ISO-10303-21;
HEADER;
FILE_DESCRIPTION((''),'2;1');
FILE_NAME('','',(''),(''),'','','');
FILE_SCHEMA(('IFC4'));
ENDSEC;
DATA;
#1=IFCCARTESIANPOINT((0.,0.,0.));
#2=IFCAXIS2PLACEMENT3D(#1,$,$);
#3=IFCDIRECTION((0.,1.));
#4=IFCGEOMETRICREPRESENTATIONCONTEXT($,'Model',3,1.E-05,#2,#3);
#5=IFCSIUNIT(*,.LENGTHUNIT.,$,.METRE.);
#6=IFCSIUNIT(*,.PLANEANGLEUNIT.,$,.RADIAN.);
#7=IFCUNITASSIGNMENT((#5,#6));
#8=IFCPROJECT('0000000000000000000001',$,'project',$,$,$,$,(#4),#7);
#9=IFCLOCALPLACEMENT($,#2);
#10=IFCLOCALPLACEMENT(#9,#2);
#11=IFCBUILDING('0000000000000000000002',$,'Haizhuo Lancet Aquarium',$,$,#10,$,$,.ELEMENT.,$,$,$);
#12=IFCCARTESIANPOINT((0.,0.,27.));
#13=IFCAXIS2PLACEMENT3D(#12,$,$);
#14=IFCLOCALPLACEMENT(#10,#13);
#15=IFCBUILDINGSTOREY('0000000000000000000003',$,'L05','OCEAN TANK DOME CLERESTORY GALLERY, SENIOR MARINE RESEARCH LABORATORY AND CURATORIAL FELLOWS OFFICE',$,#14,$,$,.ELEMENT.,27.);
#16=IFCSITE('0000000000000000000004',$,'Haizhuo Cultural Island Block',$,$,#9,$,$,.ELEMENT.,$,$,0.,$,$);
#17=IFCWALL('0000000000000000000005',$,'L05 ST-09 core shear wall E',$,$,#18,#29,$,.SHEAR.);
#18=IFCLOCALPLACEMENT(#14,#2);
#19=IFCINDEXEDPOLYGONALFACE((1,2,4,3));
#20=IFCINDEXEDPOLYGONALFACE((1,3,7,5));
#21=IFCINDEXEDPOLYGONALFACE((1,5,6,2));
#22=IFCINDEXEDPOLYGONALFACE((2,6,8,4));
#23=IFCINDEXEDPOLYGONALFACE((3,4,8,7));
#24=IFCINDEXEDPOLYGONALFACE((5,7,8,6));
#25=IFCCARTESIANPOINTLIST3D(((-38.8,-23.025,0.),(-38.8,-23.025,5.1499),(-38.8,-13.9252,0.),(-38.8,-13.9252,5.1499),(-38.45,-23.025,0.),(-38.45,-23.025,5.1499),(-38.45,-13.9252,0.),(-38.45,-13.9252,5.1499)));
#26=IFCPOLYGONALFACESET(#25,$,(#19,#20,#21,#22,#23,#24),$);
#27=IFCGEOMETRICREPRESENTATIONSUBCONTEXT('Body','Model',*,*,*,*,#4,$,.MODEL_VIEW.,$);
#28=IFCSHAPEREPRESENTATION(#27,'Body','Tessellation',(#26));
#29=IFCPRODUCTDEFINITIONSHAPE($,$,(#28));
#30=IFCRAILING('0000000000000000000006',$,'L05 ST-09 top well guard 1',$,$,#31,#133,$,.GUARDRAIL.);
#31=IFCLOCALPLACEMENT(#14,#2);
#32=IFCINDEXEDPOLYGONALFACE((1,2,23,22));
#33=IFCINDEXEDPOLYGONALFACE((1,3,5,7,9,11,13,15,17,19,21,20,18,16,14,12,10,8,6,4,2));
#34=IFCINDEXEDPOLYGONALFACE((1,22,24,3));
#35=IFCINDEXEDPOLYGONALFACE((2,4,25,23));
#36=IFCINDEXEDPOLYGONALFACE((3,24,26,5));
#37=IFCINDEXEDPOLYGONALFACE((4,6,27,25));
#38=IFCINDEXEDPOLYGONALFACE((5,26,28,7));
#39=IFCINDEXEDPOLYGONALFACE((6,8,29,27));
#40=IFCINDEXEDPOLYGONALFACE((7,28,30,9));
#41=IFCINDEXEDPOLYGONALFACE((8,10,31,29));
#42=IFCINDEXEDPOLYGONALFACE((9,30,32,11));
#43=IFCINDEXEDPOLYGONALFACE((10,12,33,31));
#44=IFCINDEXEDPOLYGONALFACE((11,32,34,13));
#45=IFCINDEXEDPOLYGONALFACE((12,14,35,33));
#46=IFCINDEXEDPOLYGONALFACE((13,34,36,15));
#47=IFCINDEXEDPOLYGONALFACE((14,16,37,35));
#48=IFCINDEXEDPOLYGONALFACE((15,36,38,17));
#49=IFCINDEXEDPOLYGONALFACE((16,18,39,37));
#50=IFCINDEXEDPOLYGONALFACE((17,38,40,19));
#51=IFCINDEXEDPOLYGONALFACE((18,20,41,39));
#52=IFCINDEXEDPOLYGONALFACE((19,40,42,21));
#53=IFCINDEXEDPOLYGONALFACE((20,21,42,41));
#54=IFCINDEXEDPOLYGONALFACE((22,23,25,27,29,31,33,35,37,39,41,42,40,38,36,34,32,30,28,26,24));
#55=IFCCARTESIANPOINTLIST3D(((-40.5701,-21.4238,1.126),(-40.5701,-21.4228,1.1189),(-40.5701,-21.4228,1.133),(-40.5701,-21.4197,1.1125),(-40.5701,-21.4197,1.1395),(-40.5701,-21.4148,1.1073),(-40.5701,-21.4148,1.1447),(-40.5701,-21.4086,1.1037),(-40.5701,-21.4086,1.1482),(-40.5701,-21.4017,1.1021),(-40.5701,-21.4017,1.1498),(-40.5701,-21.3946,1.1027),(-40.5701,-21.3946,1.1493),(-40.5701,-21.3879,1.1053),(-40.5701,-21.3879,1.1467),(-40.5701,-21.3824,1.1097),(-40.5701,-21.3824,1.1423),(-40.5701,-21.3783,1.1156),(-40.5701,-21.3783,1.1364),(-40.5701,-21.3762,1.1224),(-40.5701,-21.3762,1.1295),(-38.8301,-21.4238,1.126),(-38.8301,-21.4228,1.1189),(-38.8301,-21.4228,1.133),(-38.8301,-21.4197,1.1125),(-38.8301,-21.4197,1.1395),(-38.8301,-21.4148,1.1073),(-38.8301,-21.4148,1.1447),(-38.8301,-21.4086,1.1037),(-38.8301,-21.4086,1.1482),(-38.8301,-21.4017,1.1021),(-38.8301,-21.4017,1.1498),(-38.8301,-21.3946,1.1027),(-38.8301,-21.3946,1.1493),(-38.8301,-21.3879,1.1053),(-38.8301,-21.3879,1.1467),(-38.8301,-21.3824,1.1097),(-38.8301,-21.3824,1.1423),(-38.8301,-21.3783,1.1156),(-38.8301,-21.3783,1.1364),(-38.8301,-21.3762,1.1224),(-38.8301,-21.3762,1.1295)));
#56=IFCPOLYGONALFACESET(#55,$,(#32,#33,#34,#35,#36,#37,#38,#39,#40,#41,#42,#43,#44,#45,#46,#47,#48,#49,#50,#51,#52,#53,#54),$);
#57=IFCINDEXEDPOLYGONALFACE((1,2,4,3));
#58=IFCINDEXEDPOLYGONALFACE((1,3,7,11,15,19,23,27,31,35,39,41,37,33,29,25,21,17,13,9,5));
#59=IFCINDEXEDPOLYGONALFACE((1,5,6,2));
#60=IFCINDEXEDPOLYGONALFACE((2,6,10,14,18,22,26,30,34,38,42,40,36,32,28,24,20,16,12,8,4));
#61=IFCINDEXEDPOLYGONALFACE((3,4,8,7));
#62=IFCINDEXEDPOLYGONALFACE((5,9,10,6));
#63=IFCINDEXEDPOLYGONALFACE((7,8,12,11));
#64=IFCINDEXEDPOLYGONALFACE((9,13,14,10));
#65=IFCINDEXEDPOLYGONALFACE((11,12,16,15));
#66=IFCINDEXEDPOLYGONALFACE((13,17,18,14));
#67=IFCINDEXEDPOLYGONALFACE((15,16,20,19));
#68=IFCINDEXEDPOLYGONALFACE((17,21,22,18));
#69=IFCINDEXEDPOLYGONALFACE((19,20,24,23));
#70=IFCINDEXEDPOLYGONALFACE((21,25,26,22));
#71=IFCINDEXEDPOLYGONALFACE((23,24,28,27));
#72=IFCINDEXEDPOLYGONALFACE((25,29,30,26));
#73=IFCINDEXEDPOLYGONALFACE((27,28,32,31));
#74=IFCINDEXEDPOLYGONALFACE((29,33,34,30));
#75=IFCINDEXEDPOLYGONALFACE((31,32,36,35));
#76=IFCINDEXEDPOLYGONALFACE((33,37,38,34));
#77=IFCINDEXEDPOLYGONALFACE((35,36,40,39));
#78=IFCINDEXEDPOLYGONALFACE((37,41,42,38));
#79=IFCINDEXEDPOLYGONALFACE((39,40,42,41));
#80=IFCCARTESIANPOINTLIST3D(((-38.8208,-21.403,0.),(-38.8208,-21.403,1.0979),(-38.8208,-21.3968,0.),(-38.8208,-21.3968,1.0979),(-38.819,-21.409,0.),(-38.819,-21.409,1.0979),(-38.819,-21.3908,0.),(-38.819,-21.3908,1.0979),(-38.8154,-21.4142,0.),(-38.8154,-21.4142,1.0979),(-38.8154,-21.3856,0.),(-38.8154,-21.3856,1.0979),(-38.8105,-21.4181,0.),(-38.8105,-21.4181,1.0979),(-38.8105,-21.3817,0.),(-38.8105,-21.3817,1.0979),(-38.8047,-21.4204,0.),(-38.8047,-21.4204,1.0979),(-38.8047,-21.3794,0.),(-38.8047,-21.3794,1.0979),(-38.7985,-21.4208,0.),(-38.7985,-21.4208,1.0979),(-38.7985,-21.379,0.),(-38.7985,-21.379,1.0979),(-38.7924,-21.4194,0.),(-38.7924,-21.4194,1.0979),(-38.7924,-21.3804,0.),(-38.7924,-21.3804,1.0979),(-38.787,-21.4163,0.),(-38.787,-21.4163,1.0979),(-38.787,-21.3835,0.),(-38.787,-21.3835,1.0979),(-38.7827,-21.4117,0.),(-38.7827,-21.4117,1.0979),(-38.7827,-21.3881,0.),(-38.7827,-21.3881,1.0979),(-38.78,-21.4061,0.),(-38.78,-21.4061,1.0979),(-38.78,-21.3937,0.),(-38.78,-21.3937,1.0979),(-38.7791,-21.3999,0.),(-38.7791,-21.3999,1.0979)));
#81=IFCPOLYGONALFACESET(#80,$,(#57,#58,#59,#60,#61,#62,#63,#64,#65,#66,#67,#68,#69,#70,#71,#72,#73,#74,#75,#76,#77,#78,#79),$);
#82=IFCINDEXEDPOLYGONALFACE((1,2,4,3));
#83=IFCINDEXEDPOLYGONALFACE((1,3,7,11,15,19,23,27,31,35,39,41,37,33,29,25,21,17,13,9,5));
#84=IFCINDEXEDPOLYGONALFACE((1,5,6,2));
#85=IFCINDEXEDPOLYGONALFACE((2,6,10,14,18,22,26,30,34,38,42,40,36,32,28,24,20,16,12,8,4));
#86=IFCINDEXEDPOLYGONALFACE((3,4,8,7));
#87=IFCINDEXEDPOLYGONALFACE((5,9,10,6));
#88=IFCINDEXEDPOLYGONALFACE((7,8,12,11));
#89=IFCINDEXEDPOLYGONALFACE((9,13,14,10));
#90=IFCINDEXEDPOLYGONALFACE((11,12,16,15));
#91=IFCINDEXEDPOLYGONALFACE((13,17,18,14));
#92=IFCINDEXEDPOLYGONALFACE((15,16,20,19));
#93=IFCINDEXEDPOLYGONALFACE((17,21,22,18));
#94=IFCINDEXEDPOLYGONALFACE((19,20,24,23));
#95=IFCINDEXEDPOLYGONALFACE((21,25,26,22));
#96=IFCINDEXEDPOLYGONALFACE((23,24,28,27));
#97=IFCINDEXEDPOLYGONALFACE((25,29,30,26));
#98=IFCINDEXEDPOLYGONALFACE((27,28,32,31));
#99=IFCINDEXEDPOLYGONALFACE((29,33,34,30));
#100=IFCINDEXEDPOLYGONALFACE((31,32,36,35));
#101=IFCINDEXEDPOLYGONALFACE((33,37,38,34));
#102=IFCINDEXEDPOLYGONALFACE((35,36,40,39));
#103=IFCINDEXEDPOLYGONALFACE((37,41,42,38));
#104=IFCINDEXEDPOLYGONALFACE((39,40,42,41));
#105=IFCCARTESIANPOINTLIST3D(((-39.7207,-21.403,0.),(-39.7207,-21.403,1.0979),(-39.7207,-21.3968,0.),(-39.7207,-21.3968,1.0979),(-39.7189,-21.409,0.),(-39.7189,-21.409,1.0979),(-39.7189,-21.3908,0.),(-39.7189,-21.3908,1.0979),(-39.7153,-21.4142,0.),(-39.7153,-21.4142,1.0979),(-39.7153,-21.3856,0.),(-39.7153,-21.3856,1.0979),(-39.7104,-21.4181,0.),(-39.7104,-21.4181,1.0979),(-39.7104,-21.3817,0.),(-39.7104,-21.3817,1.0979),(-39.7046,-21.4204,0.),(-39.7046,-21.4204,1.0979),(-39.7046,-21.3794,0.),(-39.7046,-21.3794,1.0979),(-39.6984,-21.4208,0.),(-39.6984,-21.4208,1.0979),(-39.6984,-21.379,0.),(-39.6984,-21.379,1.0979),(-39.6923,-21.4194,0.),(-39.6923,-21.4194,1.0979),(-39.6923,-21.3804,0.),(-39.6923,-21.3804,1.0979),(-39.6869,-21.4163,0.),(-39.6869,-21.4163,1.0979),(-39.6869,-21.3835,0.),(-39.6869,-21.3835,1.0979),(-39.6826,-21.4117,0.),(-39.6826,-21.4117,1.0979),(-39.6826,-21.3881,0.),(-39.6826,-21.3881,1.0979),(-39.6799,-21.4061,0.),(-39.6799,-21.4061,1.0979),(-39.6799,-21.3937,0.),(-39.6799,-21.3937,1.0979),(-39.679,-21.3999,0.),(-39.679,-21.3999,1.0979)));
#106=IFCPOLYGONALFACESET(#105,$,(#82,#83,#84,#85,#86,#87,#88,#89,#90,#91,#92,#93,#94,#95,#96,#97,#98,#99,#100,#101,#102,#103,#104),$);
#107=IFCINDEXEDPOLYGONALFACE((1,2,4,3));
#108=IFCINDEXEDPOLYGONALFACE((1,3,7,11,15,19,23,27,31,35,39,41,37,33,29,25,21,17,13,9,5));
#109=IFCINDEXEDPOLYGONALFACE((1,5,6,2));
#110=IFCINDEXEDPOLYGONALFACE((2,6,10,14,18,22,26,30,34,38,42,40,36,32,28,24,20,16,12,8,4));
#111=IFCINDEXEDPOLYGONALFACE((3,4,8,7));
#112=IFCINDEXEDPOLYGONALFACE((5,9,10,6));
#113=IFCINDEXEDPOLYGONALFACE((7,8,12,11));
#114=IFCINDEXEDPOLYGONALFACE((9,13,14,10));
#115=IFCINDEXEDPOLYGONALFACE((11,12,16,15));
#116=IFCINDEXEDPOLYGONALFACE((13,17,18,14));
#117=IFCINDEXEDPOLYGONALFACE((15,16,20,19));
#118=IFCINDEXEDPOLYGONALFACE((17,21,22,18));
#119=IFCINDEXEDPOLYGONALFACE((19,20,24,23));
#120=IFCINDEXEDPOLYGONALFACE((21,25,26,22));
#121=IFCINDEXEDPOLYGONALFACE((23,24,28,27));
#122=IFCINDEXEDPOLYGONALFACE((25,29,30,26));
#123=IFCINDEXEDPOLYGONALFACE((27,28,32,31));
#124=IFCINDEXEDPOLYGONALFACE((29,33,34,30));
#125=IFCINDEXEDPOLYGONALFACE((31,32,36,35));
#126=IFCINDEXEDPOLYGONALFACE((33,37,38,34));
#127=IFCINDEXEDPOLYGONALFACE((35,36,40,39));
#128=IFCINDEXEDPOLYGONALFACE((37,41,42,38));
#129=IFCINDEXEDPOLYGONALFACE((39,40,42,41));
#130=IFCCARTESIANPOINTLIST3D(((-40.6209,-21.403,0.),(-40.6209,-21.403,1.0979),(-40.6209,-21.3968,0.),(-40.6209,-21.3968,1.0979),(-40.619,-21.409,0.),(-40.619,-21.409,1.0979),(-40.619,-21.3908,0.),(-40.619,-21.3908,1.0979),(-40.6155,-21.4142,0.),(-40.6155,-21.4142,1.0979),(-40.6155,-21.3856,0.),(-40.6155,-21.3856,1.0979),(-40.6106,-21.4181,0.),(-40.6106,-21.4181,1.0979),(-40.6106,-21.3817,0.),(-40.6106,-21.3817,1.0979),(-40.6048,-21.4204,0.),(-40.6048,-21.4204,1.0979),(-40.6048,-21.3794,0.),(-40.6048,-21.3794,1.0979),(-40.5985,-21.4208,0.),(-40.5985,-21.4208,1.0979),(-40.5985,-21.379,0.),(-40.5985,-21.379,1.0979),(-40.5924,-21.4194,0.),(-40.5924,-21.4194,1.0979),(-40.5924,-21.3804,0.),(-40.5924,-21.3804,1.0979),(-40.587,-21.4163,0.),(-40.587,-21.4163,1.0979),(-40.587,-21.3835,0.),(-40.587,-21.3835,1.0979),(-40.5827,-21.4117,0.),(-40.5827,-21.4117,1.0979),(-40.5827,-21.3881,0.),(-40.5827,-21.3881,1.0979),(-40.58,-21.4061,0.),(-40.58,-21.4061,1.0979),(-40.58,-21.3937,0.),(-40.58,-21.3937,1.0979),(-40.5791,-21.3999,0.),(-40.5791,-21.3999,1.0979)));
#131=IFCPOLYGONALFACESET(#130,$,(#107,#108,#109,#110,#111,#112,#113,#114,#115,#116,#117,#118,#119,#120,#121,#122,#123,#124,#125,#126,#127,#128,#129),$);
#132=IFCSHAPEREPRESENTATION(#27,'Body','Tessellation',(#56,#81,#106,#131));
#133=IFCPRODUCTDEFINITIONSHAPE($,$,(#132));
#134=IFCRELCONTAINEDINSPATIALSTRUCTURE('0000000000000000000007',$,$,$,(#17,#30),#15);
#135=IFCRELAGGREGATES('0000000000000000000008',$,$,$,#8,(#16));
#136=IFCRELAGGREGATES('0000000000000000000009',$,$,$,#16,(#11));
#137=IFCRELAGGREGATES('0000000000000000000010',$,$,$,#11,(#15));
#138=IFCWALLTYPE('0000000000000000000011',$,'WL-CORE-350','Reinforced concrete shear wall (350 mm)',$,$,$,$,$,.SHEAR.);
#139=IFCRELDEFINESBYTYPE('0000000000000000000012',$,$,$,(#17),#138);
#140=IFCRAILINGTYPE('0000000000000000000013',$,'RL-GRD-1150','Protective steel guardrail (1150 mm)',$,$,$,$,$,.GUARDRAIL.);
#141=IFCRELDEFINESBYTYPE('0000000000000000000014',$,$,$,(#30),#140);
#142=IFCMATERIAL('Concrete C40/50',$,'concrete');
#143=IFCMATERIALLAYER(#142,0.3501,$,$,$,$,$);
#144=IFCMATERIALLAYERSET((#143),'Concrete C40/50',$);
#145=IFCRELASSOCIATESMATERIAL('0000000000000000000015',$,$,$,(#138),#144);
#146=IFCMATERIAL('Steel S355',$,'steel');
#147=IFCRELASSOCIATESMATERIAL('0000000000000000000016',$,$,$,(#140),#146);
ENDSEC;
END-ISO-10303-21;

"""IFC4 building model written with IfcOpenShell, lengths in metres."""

from ifc_helpers import new_model, si_unit, direction, frame, frame_2d, origin, origin_2d, place, context, subcontext, project, spatial, rectangle, circle, extrude, material, layer, layer_set, type_object, element, save


model = new_model("IFC4")

# Units and contexts
model_context = context("Model", 3, precision=1e-05, world=origin(), true_north=direction((0.0, 1.0)))
body_context = subcontext(model_context, "Body", "Model", "MODEL_VIEW")
ifc_project = project(units=[si_unit("LENGTHUNIT", "METRE"), si_unit("PLANEANGLEUNIT", "RADIAN")], contexts=[model_context])

# Site, building, storey
site_placement = place(None, origin())
site = spatial("IfcSite", under=ifc_project, at=site_placement, Name="Haizhuo Cultural Island Block", CompositionType="ELEMENT", RefElevation=0.0)
building_placement = place(site_placement, origin())
building = spatial("IfcBuilding", under=site, at=building_placement, Name="Haizhuo Lancet Aquarium", CompositionType="ELEMENT")
storey_placement = place(building_placement, frame((0.0, 0.0, 27.0)))
storey = spatial("IfcBuildingStorey", under=building, at=storey_placement, Name="L05", Description="OCEAN TANK DOME CLERESTORY GALLERY, SENIOR MARINE RESEARCH LABORATORY AND CURATORIAL FELLOWS OFFICE", CompositionType="ELEMENT", Elevation=27.0)

# Shared definitions
ifc_material_1 = material(Name="Steel S355", Category="steel")

# Wall
ifc_material_2 = material(Name="Concrete C40/50", Category="concrete")
ifc_layer_1 = layer(ifc_material_2, 0.3501)
ifc_layer_set_1 = layer_set([ifc_layer_1], Name="Concrete C40/50")
wall_type_1 = type_object("IfcWallType", Name="WL-CORE-350", Description="Reinforced concrete shear wall (350 mm)", PredefinedType="SHEAR", material=ifc_layer_set_1)
wall_1_placement = place(storey_placement, frame((-38.625, -23.0249, 0.0), z_axis=(0.0, 0.0, 1.0), x_axis=(0.0, 1.0, 0.0)))
element("IfcWall", 1, at=wall_1_placement, inside=storey, type_object=wall_type_1, Name="L05 ST-09 core shear wall E", PredefinedType="SHEAR", context=body_context, shape_type="SweptSolid", body=[
    extrude(rectangle(XDim=9.0999, YDim=0.3501, at=frame_2d((4.5498, 0.0))), origin(), (0.0, 0.0, 1.0), 5.1499),
])

# Railing
railing_type = type_object("IfcRailingType", Name="RL-GRD-1150", Description="Protective steel guardrail (1150 mm)", PredefinedType="GUARDRAIL", material=ifc_material_1)
railing_placement = place(storey_placement, frame((-38.8, -21.3999, 0.0)))
element("IfcRailing", 2, at=railing_placement, inside=storey, type_object=railing_type, Name="L05 ST-09 top well guard 1", PredefinedType="GUARDRAIL", context=body_context, shape_type="SweptSolid", body=[
    extrude(circle(Radius=0.0239, at=origin_2d()), frame((-0.03, 0.0, 1.126), z_axis=(-1.0, 0.0, 0.0), x_axis=(0.0, -1.0, 0.0)), (0.0, 0.0, 1.0), 1.74),
    extrude(circle(Radius=0.021, at=origin_2d()), origin(), (0.0, 0.0, 1.0), 1.0979),
    extrude(circle(Radius=0.021, at=origin_2d()), frame((-0.8999, 0.0, 0.0)), (0.0, 0.0, 1.0), 1.0979),
    extrude(circle(Radius=0.021, at=origin_2d()), frame((-1.8, 0.0, 0.0)), (0.0, 0.0, 1.0), 1.0979),
])

save(model, "model.ifc")
